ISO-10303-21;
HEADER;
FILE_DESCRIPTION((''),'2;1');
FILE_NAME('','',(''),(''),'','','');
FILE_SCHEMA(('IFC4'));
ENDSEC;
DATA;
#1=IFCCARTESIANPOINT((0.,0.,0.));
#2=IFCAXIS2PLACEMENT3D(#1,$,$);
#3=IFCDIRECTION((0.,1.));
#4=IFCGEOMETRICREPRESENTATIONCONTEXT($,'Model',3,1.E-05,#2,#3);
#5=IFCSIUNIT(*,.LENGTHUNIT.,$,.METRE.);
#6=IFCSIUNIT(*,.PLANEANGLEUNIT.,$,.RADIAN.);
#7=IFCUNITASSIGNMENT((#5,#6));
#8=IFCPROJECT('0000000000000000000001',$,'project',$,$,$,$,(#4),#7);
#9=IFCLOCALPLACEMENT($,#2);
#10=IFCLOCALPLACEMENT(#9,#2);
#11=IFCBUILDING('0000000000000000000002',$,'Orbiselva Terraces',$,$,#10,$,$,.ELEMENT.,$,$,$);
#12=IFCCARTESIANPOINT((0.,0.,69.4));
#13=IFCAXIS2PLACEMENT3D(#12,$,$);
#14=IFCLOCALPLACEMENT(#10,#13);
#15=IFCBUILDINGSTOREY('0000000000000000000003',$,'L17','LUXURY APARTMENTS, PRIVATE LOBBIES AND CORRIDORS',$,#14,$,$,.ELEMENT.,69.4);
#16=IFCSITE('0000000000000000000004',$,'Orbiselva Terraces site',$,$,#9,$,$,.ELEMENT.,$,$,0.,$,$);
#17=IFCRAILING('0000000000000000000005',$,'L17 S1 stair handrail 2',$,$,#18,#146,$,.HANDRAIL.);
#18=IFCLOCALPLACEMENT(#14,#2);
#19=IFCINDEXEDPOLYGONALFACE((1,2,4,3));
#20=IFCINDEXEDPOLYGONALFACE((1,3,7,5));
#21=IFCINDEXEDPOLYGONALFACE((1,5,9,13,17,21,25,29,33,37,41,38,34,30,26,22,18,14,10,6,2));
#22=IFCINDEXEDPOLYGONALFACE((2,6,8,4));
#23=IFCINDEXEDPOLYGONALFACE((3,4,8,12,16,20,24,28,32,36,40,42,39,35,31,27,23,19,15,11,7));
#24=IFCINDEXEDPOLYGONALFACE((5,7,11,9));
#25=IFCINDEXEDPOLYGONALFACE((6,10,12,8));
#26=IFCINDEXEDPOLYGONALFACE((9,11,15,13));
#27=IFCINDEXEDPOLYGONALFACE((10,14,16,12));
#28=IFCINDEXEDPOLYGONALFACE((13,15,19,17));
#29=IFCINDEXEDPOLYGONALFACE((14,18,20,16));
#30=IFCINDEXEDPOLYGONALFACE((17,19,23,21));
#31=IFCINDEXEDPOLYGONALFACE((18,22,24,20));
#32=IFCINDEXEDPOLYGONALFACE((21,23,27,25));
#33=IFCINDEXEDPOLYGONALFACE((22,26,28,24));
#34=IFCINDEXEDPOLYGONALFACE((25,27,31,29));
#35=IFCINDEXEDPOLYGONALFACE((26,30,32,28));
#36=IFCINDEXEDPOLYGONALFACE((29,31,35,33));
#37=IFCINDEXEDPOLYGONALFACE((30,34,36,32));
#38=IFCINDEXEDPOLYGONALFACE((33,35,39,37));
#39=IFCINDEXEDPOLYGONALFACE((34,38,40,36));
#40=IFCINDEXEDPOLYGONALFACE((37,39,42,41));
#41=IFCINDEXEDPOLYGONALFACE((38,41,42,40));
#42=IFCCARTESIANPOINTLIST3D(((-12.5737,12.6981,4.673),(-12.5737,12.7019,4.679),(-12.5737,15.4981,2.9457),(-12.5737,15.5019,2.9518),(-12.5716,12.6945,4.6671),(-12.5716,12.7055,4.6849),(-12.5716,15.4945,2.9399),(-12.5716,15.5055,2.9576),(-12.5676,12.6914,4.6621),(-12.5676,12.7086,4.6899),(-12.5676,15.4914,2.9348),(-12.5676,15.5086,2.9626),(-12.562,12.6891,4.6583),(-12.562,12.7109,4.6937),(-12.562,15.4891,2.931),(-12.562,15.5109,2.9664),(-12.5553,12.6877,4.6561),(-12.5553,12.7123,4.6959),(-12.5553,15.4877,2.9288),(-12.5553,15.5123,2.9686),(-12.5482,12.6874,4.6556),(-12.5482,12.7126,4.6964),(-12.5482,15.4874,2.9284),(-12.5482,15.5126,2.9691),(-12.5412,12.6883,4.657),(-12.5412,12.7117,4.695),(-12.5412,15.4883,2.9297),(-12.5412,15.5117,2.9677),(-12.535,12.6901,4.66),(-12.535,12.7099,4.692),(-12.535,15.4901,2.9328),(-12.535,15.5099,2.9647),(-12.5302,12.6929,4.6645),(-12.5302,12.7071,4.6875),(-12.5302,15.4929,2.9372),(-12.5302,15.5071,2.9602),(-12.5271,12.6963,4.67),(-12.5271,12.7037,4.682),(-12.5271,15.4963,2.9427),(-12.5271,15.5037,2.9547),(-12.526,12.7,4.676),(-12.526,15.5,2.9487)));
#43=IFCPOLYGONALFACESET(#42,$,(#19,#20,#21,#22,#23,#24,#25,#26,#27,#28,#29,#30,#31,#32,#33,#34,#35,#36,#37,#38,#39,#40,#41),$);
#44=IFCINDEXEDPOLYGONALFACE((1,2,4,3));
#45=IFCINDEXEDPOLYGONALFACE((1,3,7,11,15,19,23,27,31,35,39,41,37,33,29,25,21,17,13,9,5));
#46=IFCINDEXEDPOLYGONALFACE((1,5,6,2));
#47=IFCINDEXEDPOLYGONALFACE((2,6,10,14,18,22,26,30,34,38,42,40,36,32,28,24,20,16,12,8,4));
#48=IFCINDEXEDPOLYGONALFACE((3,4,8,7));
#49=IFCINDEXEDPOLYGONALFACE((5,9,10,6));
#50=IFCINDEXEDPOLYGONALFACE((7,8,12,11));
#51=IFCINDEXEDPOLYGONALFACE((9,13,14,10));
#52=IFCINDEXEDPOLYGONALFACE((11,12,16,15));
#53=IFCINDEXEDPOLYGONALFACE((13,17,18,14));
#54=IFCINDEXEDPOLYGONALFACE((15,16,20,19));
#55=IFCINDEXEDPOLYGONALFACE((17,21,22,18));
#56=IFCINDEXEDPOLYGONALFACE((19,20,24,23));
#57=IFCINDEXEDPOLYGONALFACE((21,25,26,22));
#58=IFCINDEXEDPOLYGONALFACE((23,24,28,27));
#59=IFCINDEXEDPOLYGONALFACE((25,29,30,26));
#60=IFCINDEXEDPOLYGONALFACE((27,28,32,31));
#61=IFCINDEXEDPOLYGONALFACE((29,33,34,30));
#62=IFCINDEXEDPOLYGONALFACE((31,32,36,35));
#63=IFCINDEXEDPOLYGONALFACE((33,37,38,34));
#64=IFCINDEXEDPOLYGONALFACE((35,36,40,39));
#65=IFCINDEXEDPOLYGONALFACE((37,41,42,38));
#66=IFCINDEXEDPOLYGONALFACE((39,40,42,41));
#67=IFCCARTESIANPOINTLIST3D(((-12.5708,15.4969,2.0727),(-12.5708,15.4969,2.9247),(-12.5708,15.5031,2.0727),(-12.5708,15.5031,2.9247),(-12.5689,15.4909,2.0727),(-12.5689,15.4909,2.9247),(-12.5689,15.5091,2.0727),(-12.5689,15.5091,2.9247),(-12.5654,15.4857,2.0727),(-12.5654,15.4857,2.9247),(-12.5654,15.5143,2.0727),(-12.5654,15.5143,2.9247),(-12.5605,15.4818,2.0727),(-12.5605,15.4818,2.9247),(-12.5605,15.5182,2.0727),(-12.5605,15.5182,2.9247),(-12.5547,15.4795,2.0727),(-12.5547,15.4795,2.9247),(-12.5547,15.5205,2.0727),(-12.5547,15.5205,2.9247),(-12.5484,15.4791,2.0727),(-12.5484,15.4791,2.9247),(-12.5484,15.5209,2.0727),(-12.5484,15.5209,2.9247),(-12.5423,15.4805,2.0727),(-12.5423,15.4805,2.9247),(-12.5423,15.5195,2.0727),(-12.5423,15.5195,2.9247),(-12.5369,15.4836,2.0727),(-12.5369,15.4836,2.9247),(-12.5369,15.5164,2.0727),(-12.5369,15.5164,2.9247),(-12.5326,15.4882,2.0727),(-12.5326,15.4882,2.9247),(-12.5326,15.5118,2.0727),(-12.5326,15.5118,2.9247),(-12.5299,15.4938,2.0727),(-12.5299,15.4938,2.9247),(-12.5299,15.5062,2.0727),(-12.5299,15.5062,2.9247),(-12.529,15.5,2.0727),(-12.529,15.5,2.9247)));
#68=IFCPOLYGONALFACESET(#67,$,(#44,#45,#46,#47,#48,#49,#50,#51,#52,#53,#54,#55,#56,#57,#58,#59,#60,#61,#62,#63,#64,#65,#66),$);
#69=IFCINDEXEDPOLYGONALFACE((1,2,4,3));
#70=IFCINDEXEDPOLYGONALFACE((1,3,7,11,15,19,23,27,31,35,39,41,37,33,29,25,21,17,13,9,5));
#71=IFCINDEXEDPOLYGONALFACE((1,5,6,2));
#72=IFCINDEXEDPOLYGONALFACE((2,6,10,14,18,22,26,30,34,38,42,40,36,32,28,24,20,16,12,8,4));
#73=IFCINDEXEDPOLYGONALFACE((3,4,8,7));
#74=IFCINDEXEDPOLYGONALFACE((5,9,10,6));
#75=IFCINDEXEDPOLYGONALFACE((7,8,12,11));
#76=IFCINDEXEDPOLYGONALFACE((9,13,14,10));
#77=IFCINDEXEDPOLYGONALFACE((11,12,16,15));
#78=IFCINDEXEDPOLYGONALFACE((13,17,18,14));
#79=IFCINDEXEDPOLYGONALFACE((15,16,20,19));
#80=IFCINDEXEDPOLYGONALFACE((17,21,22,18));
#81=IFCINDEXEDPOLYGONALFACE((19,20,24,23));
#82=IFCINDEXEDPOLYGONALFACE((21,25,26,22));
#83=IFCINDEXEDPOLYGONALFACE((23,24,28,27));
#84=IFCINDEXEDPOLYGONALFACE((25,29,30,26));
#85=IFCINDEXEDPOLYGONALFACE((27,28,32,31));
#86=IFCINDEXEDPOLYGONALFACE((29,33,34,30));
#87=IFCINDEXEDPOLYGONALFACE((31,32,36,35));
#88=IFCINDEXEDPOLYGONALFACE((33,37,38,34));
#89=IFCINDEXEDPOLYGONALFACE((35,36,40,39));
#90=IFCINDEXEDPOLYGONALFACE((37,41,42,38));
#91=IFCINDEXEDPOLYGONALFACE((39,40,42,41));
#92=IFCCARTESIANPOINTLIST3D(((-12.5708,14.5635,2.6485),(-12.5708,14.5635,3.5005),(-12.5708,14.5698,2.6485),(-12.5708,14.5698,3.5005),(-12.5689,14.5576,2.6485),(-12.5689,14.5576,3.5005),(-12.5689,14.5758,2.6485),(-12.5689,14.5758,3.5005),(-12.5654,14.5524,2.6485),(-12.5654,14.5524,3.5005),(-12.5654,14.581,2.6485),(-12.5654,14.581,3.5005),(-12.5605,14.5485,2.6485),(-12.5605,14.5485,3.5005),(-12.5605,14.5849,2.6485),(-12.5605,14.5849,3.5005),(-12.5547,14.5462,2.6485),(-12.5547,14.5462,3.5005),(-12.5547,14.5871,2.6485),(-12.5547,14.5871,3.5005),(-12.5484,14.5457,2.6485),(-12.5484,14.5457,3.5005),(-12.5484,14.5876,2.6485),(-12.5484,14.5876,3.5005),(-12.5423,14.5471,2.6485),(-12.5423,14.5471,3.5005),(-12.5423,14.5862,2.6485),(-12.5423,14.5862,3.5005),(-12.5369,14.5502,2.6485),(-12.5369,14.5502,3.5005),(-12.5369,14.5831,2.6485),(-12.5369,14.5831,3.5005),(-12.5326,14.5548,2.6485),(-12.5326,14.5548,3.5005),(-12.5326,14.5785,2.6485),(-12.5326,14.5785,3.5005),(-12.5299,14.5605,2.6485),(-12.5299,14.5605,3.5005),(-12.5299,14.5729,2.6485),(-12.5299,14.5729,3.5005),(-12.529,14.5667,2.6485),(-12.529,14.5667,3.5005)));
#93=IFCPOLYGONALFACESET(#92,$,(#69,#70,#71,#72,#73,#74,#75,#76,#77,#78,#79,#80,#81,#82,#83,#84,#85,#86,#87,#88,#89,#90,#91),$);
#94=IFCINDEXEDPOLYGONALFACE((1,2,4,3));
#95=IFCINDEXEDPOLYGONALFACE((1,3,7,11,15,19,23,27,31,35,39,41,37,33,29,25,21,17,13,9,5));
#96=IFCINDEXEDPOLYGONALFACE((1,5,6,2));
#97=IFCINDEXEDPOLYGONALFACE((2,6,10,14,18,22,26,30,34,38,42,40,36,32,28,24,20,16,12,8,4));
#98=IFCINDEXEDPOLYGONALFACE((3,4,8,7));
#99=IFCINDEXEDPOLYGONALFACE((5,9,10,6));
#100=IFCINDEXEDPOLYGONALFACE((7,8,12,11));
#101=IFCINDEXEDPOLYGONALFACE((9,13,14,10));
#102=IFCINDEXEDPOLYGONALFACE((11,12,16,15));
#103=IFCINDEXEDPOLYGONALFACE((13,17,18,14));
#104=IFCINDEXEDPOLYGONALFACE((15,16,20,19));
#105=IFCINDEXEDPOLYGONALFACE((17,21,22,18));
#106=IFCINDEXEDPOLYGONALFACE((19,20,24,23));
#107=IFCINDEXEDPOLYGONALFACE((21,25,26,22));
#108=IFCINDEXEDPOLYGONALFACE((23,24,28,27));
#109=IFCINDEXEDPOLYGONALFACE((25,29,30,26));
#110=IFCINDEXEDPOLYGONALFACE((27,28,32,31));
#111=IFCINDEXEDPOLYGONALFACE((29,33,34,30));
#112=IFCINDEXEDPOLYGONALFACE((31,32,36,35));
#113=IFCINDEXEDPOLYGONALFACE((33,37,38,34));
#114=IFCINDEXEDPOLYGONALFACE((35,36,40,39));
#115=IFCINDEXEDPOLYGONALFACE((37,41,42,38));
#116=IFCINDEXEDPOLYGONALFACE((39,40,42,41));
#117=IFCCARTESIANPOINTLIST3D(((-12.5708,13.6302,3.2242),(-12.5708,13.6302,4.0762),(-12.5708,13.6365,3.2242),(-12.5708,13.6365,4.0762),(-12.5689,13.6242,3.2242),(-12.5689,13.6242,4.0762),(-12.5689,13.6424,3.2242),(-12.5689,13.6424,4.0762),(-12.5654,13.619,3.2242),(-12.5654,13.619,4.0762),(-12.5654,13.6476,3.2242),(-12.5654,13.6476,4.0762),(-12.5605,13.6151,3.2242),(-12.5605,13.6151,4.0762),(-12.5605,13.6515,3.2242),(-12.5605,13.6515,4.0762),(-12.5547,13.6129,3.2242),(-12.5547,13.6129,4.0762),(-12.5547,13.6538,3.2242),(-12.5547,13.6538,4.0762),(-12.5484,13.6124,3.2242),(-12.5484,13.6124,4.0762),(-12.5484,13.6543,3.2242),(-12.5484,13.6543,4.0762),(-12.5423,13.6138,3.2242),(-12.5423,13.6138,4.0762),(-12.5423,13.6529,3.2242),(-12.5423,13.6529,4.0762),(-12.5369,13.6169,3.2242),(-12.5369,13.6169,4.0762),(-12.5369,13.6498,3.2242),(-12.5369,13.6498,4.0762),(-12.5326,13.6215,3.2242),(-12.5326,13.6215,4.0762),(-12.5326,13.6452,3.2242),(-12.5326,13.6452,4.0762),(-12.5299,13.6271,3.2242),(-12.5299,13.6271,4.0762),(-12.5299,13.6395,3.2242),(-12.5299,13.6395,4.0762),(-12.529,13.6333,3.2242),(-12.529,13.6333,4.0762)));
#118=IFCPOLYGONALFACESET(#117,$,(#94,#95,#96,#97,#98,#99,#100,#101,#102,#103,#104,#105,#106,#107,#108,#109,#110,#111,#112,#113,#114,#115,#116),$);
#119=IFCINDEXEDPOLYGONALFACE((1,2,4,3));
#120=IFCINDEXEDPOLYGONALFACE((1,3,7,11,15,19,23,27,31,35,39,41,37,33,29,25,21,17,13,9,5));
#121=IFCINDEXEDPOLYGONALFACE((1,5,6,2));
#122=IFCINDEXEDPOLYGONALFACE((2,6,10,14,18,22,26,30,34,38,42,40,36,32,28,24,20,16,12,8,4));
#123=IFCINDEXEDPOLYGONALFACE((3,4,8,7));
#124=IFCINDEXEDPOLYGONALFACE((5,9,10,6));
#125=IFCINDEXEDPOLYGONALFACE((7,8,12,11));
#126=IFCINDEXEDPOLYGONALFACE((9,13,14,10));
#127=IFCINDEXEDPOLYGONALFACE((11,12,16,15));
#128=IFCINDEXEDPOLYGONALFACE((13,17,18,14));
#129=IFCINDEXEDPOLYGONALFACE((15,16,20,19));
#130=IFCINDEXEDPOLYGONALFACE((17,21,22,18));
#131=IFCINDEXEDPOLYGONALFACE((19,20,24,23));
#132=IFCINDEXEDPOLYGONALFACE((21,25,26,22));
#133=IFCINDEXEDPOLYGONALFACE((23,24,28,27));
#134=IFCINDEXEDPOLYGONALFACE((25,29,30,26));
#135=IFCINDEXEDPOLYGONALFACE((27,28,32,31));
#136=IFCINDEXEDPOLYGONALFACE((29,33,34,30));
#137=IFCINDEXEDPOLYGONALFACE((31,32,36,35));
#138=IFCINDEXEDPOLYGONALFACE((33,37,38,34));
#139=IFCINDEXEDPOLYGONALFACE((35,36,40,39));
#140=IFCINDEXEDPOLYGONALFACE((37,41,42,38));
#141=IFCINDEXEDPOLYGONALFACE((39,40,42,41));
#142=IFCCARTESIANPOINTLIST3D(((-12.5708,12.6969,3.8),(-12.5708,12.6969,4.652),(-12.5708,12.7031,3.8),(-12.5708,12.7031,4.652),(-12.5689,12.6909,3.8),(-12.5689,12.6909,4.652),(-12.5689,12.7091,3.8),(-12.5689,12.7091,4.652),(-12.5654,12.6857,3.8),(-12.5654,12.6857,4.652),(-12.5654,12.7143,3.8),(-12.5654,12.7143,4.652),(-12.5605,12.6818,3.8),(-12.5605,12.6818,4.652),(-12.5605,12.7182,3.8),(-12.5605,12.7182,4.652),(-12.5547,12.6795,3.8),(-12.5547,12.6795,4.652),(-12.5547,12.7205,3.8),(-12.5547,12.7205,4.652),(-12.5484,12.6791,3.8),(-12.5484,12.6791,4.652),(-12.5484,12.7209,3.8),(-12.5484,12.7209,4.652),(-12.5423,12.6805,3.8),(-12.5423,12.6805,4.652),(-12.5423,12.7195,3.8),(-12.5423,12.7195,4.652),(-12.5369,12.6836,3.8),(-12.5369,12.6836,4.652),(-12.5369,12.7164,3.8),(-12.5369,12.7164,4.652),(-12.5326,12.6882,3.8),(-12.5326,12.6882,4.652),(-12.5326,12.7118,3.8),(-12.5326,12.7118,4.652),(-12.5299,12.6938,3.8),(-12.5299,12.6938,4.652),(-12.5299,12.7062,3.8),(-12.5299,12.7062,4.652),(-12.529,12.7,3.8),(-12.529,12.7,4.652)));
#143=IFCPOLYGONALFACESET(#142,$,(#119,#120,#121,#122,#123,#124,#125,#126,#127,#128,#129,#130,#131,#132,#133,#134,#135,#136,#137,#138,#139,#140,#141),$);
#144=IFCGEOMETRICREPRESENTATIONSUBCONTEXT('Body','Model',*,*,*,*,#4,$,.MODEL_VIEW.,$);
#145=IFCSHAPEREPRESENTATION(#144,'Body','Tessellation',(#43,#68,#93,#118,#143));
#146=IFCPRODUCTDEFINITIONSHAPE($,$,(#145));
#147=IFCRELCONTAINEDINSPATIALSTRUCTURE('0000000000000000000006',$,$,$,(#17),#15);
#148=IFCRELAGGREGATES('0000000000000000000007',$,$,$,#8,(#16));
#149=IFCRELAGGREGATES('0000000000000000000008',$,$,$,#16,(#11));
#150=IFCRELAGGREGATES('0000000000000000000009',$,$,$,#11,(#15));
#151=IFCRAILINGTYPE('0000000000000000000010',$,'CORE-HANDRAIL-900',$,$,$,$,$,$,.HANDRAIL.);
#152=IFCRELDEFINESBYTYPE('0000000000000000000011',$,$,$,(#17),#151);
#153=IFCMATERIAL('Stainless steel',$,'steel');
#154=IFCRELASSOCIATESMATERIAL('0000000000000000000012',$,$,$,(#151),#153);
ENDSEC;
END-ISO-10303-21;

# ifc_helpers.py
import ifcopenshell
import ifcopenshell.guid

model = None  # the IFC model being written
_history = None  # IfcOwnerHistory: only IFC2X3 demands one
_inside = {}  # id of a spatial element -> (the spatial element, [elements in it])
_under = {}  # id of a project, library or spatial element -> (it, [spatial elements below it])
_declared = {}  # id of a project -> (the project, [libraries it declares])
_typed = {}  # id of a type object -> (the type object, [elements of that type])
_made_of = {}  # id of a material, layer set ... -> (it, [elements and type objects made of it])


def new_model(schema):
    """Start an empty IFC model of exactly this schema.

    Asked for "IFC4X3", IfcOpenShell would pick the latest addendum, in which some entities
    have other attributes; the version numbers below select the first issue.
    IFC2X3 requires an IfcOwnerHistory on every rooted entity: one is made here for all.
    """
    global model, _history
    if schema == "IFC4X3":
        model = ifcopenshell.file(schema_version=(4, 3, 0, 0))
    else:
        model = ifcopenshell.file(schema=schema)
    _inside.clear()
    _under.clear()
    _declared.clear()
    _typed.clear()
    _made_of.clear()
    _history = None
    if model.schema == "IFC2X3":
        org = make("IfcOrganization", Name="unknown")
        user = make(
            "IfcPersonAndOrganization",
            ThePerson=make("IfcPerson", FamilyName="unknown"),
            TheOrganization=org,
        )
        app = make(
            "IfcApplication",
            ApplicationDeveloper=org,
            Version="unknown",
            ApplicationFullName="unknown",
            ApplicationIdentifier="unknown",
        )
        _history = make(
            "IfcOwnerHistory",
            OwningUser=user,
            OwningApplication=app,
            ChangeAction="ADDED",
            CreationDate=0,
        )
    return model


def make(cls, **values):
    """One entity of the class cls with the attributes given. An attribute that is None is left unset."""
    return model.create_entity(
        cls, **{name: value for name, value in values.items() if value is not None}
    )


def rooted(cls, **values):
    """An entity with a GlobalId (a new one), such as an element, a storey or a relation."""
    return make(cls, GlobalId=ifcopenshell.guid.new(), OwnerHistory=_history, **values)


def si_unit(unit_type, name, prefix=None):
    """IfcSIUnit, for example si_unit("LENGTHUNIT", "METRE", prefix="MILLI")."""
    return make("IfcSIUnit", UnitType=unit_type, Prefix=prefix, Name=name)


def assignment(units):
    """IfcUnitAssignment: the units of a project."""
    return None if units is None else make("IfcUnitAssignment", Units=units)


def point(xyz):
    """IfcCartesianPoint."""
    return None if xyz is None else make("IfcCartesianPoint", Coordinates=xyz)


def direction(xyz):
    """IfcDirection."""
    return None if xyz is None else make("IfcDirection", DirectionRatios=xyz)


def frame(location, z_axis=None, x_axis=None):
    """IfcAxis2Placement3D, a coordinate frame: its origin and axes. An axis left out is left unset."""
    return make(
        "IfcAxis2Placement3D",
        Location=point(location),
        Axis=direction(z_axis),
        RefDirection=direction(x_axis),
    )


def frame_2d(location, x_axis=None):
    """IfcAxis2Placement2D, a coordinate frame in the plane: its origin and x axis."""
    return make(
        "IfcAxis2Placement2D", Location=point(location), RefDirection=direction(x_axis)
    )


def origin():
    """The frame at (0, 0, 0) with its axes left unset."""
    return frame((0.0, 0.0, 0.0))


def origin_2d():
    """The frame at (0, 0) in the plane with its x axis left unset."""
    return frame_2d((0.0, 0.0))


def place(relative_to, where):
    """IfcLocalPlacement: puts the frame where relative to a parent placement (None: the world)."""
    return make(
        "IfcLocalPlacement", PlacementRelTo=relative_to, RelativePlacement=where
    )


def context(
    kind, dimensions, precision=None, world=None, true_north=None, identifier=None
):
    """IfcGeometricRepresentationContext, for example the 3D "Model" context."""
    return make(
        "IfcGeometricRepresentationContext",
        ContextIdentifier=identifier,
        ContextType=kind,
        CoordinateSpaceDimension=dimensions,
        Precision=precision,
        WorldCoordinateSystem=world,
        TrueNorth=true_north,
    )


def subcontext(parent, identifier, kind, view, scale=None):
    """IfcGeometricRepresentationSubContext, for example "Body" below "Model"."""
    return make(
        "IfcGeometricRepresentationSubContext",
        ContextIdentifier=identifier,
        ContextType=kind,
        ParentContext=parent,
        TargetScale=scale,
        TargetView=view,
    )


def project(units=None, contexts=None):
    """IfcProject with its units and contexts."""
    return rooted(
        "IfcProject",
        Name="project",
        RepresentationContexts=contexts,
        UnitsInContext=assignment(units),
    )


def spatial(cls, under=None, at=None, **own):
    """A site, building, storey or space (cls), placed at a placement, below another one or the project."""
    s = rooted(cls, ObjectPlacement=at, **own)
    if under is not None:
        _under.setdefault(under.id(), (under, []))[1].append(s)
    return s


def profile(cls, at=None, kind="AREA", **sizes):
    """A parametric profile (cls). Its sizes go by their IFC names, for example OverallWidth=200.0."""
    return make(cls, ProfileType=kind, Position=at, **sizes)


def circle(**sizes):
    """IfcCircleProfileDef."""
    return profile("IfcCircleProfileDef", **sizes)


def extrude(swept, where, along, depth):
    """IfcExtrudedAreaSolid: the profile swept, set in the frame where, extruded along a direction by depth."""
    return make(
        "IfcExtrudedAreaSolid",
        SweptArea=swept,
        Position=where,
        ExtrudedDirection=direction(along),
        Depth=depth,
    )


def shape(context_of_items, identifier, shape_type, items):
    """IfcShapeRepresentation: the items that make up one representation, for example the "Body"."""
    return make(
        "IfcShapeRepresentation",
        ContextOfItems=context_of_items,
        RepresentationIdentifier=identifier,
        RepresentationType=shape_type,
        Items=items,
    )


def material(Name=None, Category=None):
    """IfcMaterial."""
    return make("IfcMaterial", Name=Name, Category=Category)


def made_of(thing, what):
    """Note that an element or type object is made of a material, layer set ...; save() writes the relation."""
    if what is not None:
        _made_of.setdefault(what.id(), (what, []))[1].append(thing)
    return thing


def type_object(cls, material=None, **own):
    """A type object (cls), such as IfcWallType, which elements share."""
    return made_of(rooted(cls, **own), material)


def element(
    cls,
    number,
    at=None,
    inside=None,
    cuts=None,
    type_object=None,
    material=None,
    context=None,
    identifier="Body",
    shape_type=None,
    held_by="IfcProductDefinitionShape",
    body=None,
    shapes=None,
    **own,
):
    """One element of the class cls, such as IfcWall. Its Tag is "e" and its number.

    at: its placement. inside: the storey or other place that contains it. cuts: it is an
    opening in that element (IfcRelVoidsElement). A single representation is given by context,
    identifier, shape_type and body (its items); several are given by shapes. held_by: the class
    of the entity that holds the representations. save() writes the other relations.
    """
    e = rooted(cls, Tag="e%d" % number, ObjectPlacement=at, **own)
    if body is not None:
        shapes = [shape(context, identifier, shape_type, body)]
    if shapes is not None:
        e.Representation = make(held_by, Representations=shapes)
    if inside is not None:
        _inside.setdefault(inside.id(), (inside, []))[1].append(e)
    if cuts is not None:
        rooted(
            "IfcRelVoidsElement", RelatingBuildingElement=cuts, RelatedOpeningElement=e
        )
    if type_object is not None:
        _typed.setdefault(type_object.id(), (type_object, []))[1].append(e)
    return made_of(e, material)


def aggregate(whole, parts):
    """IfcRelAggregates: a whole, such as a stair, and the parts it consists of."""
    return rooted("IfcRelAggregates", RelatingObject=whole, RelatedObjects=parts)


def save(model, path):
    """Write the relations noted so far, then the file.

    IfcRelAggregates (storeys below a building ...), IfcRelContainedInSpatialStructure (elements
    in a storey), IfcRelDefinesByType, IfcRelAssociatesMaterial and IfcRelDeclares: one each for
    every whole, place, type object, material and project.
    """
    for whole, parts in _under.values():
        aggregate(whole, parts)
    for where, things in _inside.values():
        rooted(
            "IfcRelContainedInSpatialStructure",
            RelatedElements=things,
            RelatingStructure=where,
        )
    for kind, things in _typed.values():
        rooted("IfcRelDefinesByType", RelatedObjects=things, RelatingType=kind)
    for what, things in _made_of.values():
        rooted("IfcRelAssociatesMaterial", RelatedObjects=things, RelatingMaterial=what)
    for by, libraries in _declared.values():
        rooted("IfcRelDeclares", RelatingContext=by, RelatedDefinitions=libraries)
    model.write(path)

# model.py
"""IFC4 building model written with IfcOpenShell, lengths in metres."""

from ifc_helpers import new_model, si_unit, direction, frame, origin, origin_2d, place, context, subcontext, project, spatial, circle, extrude, material, type_object, element, save


model = new_model("IFC4")

# Units and contexts
model_context = context("Model", 3, precision=1e-05, world=origin(), true_north=direction((0.0, 1.0)))
body_context = subcontext(model_context, "Body", "Model", "MODEL_VIEW")
ifc_project = project(units=[si_unit("LENGTHUNIT", "METRE"), si_unit("PLANEANGLEUNIT", "RADIAN")], contexts=[model_context])

# Site, building, storey
site_placement = place(None, origin())
site = spatial("IfcSite", under=ifc_project, at=site_placement, Name="Orbiselva Terraces site", CompositionType="ELEMENT", RefElevation=0.0)
building_placement = place(site_placement, origin())
building = spatial("IfcBuilding", under=site, at=building_placement, Name="Orbiselva Terraces", CompositionType="ELEMENT")
storey_placement = place(building_placement, frame((0.0, 0.0, 69.4)))
storey = spatial("IfcBuildingStorey", under=building, at=storey_placement, Name="L17", Description="LUXURY APARTMENTS, PRIVATE LOBBIES AND CORRIDORS", CompositionType="ELEMENT", Elevation=69.4)

# Railing
ifc_material_1 = material(Name="Stainless steel", Category="steel")
railing_type = type_object("IfcRailingType", Name="CORE-HANDRAIL-900", PredefinedType="HANDRAIL", material=ifc_material_1)
railing_placement = place(storey_placement, frame((-12.55, 15.5, 2.0727)))
element("IfcRailing", 1, at=railing_placement, inside=storey, type_object=railing_type, Name="L17 S1 stair handrail 2", PredefinedType="HANDRAIL", context=body_context, shape_type="SweptSolid", body=[
    extrude(circle(Radius=0.024, at=origin_2d()), frame((0.0, 0.0, 0.876), z_axis=(0.0, -0.851089, 0.525022), x_axis=(1.0, 0.0, 0.0)), (0.0, 0.0, 1.0), 3.2899),
    extrude(circle(Radius=0.021, at=origin_2d()), origin(), (0.0, 0.0, 1.0), 0.852),
    extrude(circle(Radius=0.021, at=origin_2d()), frame((0.0, -0.9333, 0.5758)), (0.0, 0.0, 1.0), 0.852),
    extrude(circle(Radius=0.021, at=origin_2d()), frame((0.0, -1.8667, 1.1515)), (0.0, 0.0, 1.0), 0.852),
    extrude(circle(Radius=0.021, at=origin_2d()), frame((0.0, -2.8, 1.7273)), (0.0, 0.0, 1.0), 0.852),
])

save(model, "model.ifc")
